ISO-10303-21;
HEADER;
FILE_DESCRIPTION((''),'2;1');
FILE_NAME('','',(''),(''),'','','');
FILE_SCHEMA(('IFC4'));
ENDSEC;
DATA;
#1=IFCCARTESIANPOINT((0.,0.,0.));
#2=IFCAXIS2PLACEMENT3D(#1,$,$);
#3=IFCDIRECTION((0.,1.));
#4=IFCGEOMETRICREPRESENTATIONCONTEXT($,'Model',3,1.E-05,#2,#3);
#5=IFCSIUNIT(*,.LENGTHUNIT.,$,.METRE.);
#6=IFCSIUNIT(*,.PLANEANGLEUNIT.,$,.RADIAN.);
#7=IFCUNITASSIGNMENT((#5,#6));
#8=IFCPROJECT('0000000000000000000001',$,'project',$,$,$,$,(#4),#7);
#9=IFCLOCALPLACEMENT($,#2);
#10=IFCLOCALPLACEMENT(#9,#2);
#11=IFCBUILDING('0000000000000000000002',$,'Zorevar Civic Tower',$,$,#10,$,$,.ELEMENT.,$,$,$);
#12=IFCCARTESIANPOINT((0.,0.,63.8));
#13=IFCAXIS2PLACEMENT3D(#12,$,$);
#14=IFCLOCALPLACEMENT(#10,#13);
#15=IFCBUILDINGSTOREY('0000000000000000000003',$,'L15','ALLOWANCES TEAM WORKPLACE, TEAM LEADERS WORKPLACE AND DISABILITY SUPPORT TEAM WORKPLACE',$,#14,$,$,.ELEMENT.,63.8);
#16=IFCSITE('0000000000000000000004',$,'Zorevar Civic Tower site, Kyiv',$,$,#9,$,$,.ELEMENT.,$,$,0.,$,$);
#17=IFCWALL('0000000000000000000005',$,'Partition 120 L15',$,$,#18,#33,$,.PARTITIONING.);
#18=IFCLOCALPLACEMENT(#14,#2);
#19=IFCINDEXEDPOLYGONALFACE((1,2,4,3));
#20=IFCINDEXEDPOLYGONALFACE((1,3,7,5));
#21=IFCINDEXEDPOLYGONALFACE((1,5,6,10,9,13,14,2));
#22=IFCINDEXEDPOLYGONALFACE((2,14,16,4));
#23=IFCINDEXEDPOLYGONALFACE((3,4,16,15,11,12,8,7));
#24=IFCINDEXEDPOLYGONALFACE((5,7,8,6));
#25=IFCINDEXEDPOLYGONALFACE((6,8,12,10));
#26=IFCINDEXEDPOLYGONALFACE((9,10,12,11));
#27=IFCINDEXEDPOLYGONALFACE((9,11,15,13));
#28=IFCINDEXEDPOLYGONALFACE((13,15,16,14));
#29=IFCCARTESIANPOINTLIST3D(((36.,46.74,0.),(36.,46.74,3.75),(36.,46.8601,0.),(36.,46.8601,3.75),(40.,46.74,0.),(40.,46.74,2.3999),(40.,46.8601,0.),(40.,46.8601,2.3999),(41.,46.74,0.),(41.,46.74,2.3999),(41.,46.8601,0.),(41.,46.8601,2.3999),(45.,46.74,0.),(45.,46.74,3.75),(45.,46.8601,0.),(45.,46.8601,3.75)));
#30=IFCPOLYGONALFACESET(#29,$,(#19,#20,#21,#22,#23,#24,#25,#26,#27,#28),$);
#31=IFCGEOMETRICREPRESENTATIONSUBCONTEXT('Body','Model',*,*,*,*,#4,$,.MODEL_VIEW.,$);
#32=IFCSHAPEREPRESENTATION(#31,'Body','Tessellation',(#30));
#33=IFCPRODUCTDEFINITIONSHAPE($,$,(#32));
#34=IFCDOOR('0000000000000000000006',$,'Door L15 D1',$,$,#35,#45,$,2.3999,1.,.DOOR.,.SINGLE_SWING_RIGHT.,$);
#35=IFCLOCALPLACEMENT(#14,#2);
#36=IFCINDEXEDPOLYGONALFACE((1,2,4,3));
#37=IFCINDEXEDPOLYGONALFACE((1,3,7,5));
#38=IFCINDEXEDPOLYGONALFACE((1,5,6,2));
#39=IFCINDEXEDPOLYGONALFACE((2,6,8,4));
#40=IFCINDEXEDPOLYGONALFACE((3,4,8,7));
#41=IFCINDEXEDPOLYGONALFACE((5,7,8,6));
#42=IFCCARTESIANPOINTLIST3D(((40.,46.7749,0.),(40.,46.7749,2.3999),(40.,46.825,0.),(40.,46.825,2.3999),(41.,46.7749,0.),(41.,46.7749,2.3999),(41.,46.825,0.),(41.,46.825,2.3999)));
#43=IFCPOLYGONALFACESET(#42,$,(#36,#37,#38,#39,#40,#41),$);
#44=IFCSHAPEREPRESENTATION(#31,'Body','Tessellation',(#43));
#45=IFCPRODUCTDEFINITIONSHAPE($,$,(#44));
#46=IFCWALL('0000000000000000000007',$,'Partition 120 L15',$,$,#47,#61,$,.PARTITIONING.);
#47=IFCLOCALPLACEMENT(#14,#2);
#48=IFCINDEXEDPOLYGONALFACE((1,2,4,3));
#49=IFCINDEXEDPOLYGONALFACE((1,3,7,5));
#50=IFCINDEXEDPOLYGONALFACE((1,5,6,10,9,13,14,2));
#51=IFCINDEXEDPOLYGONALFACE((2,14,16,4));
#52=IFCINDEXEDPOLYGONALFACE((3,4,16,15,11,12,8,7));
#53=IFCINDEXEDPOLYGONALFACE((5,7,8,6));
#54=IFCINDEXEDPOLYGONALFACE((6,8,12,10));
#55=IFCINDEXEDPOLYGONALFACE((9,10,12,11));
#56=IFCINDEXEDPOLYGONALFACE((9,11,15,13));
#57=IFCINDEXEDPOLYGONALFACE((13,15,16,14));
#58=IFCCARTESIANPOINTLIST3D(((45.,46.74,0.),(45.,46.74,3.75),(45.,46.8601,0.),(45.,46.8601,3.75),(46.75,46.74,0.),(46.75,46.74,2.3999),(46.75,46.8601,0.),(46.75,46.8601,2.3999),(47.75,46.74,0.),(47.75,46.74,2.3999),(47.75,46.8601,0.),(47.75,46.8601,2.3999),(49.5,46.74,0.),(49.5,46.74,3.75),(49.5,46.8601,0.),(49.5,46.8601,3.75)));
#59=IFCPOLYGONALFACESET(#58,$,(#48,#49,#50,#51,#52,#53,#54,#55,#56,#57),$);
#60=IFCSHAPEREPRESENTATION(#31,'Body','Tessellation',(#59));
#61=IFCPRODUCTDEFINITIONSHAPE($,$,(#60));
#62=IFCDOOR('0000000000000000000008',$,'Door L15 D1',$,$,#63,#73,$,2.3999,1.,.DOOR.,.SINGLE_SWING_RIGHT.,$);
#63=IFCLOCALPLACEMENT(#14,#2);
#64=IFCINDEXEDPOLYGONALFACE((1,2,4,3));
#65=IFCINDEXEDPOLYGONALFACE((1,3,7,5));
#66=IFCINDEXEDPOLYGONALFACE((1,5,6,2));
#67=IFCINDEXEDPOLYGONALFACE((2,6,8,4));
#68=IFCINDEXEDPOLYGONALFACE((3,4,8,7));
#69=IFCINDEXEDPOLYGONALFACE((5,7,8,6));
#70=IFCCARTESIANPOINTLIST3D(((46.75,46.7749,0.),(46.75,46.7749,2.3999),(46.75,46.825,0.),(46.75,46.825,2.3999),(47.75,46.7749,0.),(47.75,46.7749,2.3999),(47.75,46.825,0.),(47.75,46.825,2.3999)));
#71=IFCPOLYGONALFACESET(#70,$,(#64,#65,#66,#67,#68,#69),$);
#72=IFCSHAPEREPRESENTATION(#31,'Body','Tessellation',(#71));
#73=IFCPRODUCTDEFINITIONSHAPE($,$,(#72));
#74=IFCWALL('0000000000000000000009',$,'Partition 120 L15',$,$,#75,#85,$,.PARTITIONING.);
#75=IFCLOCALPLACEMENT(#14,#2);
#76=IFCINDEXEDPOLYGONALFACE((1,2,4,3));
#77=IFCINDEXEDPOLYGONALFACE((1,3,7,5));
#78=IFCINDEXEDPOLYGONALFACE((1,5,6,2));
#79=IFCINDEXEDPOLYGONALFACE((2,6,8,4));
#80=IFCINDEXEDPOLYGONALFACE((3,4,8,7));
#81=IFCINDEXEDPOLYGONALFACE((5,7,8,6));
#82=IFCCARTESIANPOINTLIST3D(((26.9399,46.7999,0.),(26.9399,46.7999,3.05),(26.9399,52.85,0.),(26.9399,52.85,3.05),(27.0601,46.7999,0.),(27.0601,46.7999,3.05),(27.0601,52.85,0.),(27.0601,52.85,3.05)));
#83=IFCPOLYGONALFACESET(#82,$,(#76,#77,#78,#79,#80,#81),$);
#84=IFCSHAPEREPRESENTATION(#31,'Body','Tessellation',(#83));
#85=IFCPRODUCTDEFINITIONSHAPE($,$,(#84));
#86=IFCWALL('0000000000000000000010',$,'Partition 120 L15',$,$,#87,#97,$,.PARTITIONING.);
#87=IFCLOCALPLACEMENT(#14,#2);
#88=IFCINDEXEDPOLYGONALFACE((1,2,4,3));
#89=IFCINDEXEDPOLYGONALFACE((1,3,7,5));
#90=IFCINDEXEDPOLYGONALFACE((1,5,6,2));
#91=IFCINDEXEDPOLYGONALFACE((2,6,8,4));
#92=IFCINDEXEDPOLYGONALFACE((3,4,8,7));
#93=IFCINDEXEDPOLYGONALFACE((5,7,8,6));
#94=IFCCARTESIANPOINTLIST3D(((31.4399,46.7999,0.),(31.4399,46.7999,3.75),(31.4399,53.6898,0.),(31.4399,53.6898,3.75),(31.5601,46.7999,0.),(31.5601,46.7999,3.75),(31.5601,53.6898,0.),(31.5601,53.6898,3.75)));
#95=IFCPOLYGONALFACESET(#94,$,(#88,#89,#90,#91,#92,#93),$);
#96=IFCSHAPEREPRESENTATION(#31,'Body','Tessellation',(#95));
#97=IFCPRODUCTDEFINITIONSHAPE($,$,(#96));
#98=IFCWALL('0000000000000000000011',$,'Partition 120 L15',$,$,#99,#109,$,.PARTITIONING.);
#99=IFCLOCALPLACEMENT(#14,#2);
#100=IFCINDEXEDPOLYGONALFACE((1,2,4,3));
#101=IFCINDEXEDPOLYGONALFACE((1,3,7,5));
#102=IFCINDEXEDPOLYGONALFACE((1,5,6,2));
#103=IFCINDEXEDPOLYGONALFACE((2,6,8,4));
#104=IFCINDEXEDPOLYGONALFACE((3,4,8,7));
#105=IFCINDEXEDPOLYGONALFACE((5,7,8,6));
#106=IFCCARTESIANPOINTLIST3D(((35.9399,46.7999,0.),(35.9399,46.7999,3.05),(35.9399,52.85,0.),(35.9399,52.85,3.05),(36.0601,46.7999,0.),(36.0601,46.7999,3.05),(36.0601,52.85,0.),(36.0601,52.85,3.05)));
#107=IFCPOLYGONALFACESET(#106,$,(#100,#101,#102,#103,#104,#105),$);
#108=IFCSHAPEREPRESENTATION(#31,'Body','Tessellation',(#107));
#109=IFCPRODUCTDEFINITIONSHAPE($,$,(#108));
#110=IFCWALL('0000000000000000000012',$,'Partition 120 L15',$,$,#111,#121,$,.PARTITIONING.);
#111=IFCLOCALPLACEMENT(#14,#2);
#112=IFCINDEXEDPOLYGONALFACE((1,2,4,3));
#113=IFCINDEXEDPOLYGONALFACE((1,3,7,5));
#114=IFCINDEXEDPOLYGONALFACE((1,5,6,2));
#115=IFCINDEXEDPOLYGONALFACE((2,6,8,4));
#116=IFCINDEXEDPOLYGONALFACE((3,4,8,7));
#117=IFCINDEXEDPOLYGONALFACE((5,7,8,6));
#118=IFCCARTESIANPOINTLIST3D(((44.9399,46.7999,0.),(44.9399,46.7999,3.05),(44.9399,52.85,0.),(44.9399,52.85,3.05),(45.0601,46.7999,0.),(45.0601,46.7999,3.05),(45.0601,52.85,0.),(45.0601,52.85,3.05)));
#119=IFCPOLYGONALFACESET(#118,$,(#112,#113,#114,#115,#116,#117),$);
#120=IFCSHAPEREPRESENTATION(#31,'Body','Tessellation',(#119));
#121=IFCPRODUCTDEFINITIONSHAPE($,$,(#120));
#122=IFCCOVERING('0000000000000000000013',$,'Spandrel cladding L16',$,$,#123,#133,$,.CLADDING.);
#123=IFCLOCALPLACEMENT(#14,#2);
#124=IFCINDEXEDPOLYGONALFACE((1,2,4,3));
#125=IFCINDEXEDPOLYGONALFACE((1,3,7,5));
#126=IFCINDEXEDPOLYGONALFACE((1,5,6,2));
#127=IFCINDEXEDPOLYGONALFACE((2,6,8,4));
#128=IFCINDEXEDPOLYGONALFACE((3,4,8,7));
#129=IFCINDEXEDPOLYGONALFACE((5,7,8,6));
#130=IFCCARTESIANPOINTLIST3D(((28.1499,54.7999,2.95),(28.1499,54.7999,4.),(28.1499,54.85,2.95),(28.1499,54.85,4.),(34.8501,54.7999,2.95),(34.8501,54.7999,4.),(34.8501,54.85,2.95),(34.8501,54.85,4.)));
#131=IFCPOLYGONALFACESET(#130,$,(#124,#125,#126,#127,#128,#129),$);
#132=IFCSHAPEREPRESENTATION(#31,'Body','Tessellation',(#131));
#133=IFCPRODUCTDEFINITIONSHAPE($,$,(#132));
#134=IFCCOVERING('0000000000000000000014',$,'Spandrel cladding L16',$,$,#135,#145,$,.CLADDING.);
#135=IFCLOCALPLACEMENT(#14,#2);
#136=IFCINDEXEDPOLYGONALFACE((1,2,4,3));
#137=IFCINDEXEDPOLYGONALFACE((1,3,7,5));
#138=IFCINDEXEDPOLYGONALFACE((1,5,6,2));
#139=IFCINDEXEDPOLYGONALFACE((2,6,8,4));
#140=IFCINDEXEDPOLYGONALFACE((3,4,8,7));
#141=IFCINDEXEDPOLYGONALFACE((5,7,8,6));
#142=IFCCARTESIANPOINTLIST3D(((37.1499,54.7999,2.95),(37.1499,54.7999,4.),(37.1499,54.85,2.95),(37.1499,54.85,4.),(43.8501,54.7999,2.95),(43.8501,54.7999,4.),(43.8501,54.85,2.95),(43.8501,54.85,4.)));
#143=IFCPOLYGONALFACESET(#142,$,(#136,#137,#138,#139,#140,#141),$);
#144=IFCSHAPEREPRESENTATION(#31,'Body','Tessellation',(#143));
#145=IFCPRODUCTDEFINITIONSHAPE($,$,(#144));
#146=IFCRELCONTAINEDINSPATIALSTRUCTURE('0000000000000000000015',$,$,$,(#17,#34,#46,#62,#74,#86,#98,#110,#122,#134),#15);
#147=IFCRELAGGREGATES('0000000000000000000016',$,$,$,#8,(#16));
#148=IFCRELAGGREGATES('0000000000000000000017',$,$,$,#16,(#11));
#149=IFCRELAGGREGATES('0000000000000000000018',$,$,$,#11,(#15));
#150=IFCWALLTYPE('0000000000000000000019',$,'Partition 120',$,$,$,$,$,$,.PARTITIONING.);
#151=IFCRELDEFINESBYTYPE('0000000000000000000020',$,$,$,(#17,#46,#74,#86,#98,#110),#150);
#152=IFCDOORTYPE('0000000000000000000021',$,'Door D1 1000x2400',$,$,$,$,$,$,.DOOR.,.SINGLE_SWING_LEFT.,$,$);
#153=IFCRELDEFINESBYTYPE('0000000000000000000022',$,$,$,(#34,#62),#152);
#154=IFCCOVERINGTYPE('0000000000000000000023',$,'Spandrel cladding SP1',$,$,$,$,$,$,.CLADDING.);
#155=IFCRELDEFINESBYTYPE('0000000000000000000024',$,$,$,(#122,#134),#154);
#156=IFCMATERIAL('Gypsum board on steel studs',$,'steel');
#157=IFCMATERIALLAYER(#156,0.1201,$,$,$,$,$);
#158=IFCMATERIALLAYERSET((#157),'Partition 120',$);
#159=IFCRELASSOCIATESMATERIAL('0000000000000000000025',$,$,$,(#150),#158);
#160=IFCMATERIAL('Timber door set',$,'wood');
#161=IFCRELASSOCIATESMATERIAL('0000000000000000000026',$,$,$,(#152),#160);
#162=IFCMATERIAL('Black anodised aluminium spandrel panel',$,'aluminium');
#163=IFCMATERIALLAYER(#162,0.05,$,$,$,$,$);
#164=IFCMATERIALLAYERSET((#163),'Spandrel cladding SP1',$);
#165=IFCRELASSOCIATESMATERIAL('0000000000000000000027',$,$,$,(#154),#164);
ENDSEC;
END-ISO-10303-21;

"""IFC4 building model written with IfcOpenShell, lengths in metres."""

from ifc_helpers import new_model, si_unit, direction, frame, frame_2d, origin, place, context, subcontext, project, spatial, rectangle, extrude, material, layer, layer_set, type_object, element, fill, save


model = new_model("IFC4")

# Units and contexts
model_context = context("Model", 3, precision=1e-05, world=origin(), true_north=direction((0.0, 1.0)))
body_context = subcontext(model_context, "Body", "Model", "MODEL_VIEW")
ifc_project = project(units=[si_unit("LENGTHUNIT", "METRE"), si_unit("PLANEANGLEUNIT", "RADIAN")], contexts=[model_context])

# Site, building, storey
site_placement = place(None, origin())
site = spatial("IfcSite", under=ifc_project, at=site_placement, Name="Zorevar Civic Tower site, Kyiv", CompositionType="ELEMENT", RefElevation=0.0)
building_placement = place(site_placement, origin())
building = spatial("IfcBuilding", under=site, at=building_placement, Name="Zorevar Civic Tower", CompositionType="ELEMENT")
storey_placement = place(building_placement, frame((0.0, 0.0, 63.8)))
storey = spatial("IfcBuildingStorey", under=building, at=storey_placement, Name="L15", Description="ALLOWANCES TEAM WORKPLACE, TEAM LEADERS WORKPLACE AND DISABILITY SUPPORT TEAM WORKPLACE", CompositionType="ELEMENT", Elevation=63.8)

# Walls, openings, doors
ifc_material_1 = material(Name="Gypsum board on steel studs", Category="steel")
ifc_layer_1 = layer(ifc_material_1, 0.1201)
ifc_layer_set_1 = layer_set([ifc_layer_1], Name="Partition 120")
wall_type = type_object("IfcWallType", Name="Partition 120", PredefinedType="PARTITIONING", material=ifc_layer_set_1)
ifc_material_2 = material(Name="Timber door set", Category="wood")
door_type = type_object("IfcDoorType", Name="Door D1 1000x2400", OperationType="SINGLE_SWING_LEFT", PredefinedType="DOOR", material=ifc_material_2)
wall_1_placement = place(storey_placement, frame((36.0, 46.8, 0.0), z_axis=(0.0, 0.0, 1.0), x_axis=(1.0, 0.0, 0.0)))
wall_1 = element("IfcWall", 1, at=wall_1_placement, inside=storey, type_object=wall_type, Name="Partition 120 L15", PredefinedType="PARTITIONING", context=body_context, shape_type="SweptSolid", body=[
    extrude(rectangle(XDim=9.0, YDim=0.1201, at=frame_2d((4.5, 0.0))), origin(), (0.0, 0.0, 1.0), 3.75),
])
opening_1_placement = place(wall_1_placement, frame((4.0, 0.0, 0.0)))
opening_1 = element("IfcOpeningElement", 2, at=opening_1_placement, cuts=wall_1, PredefinedType="OPENING", context=body_context, shape_type="SweptSolid", body=[
    extrude(rectangle(XDim=1.0, YDim=2.3999, at=frame_2d((0.5, 1.2))), frame((0.0, 0.0701, 0.0), z_axis=(0.0, -1.0, 0.0), x_axis=(1.0, 0.0, 0.0)), (0.0, 0.0, 1.0), 0.1401),
])
door_1_placement = place(opening_1_placement, origin())
door_1 = element("IfcDoor", 3, at=door_1_placement, inside=storey, type_object=door_type, Name="Door L15 D1", OperationType="SINGLE_SWING_RIGHT", OverallHeight=2.3999, OverallWidth=1.0, PredefinedType="DOOR", context=body_context, shape_type="SweptSolid", body=[
    extrude(rectangle(XDim=1.0, YDim=2.3999, at=frame_2d((0.5, 1.2))), frame((0.0, 0.0249, 0.0), z_axis=(0.0, -1.0, 0.0), x_axis=(1.0, 0.0, 0.0)), (0.0, 0.0, 1.0), 0.05),
])
fill(opening_1, door_1)
wall_2_placement = place(storey_placement, frame((45.0, 46.8, 0.0), z_axis=(0.0, 0.0, 1.0), x_axis=(1.0, 0.0, 0.0)))
wall_2 = element("IfcWall", 4, at=wall_2_placement, inside=storey, type_object=wall_type, Name="Partition 120 L15", PredefinedType="PARTITIONING", context=body_context, shape_type="SweptSolid", body=[
    extrude(rectangle(XDim=4.5, YDim=0.1201, at=frame_2d((2.25, 0.0))), origin(), (0.0, 0.0, 1.0), 3.75),
])
opening_2_placement = place(wall_2_placement, frame((1.75, 0.0, 0.0)))
opening_2 = element("IfcOpeningElement", 5, at=opening_2_placement, cuts=wall_2, PredefinedType="OPENING", context=body_context, shape_type="SweptSolid", body=[
    extrude(rectangle(XDim=1.0, YDim=2.3999, at=frame_2d((0.5, 1.2))), frame((0.0, 0.0701, 0.0), z_axis=(0.0, -1.0, 0.0), x_axis=(1.0, 0.0, 0.0)), (0.0, 0.0, 1.0), 0.1401),
])
door_2_placement = place(opening_2_placement, origin())
door_2 = element("IfcDoor", 6, at=door_2_placement, inside=storey, type_object=door_type, Name="Door L15 D1", OperationType="SINGLE_SWING_RIGHT", OverallHeight=2.3999, OverallWidth=1.0, PredefinedType="DOOR", context=body_context, shape_type="SweptSolid", body=[
    extrude(rectangle(XDim=1.0, YDim=2.3999, at=frame_2d((0.5, 1.2))), frame((0.0, 0.0249, 0.0), z_axis=(0.0, -1.0, 0.0), x_axis=(1.0, 0.0, 0.0)), (0.0, 0.0, 1.0), 0.05),
])
fill(opening_2, door_2)

# Walls
wall_3_placement = place(storey_placement, frame((27.0, 46.8, 0.0), z_axis=(0.0, 0.0, 1.0), x_axis=(0.0, 1.0, 0.0)))
element("IfcWall", 7, at=wall_3_placement, inside=storey, type_object=wall_type, Name="Partition 120 L15", PredefinedType="PARTITIONING", context=body_context, shape_type="SweptSolid", body=[
    extrude(rectangle(XDim=6.05, YDim=0.1201, at=frame_2d((3.0249, 0.0))), origin(), (0.0, 0.0, 1.0), 3.05),
])
wall_4_placement = place(storey_placement, frame((31.5, 46.8, 0.0), z_axis=(0.0, 0.0, 1.0), x_axis=(0.0, 1.0, 0.0)))
element("IfcWall", 8, at=wall_4_placement, inside=storey, type_object=wall_type, Name="Partition 120 L15", PredefinedType="PARTITIONING", context=body_context, shape_type="SweptSolid", body=[
    extrude(rectangle(XDim=6.8899, YDim=0.1201, at=frame_2d((3.4448, 0.0))), origin(), (0.0, 0.0, 1.0), 3.75),
])
for number, where, z_axis, x_axis, name in (
    (9, (36.0, 46.8, 0.0), (0.0, 0.0, 1.0), (0.0, 1.0, 0.0), "Partition 120 L15"),
    (10, (45.0, 46.8, 0.0), (0.0, 0.0, 1.0), (0.0, 1.0, 0.0), "Partition 120 L15"),
):
    element("IfcWall", number, at=place(storey_placement, frame(where, z_axis=z_axis, x_axis=x_axis)), inside=storey, type_object=wall_type, Name=name, PredefinedType="PARTITIONING", context=body_context, shape_type="SweptSolid", body=[
        extrude(rectangle(XDim=6.05, YDim=0.1201, at=frame_2d((3.0249, 0.0))), origin(), (0.0, 0.0, 1.0), 3.05),
    ])

# Coverings
ifc_material_3 = material(Name="Black anodised aluminium spandrel panel", Category="aluminium")
ifc_layer_2 = layer(ifc_material_3, 0.05)
ifc_layer_set_2 = layer_set([ifc_layer_2], Name="Spandrel cladding SP1")
covering_type = type_object("IfcCoveringType", Name="Spandrel cladding SP1", PredefinedType="CLADDING", material=ifc_layer_set_2)
for number, where, z_axis, x_axis, name in (
    (11, (28.1499, 54.825, 2.95), (0.0, 0.0, 1.0), (1.0, 0.0, 0.0), "Spandrel cladding L16"),
    (12, (37.1499, 54.825, 2.95), (0.0, 0.0, 1.0), (1.0, 0.0, 0.0), "Spandrel cladding L16"),
):
    element("IfcCovering", number, at=place(storey_placement, frame(where, z_axis=z_axis, x_axis=x_axis)), inside=storey, type_object=covering_type, Name=name, PredefinedType="CLADDING", context=body_context, shape_type="SweptSolid", body=[
        extrude(rectangle(XDim=6.7002, YDim=0.05, at=frame_2d((3.3501, 0.0))), origin(), (0.0, 0.0, 1.0), 1.05),
    ])

save(model, "model.ifc")
